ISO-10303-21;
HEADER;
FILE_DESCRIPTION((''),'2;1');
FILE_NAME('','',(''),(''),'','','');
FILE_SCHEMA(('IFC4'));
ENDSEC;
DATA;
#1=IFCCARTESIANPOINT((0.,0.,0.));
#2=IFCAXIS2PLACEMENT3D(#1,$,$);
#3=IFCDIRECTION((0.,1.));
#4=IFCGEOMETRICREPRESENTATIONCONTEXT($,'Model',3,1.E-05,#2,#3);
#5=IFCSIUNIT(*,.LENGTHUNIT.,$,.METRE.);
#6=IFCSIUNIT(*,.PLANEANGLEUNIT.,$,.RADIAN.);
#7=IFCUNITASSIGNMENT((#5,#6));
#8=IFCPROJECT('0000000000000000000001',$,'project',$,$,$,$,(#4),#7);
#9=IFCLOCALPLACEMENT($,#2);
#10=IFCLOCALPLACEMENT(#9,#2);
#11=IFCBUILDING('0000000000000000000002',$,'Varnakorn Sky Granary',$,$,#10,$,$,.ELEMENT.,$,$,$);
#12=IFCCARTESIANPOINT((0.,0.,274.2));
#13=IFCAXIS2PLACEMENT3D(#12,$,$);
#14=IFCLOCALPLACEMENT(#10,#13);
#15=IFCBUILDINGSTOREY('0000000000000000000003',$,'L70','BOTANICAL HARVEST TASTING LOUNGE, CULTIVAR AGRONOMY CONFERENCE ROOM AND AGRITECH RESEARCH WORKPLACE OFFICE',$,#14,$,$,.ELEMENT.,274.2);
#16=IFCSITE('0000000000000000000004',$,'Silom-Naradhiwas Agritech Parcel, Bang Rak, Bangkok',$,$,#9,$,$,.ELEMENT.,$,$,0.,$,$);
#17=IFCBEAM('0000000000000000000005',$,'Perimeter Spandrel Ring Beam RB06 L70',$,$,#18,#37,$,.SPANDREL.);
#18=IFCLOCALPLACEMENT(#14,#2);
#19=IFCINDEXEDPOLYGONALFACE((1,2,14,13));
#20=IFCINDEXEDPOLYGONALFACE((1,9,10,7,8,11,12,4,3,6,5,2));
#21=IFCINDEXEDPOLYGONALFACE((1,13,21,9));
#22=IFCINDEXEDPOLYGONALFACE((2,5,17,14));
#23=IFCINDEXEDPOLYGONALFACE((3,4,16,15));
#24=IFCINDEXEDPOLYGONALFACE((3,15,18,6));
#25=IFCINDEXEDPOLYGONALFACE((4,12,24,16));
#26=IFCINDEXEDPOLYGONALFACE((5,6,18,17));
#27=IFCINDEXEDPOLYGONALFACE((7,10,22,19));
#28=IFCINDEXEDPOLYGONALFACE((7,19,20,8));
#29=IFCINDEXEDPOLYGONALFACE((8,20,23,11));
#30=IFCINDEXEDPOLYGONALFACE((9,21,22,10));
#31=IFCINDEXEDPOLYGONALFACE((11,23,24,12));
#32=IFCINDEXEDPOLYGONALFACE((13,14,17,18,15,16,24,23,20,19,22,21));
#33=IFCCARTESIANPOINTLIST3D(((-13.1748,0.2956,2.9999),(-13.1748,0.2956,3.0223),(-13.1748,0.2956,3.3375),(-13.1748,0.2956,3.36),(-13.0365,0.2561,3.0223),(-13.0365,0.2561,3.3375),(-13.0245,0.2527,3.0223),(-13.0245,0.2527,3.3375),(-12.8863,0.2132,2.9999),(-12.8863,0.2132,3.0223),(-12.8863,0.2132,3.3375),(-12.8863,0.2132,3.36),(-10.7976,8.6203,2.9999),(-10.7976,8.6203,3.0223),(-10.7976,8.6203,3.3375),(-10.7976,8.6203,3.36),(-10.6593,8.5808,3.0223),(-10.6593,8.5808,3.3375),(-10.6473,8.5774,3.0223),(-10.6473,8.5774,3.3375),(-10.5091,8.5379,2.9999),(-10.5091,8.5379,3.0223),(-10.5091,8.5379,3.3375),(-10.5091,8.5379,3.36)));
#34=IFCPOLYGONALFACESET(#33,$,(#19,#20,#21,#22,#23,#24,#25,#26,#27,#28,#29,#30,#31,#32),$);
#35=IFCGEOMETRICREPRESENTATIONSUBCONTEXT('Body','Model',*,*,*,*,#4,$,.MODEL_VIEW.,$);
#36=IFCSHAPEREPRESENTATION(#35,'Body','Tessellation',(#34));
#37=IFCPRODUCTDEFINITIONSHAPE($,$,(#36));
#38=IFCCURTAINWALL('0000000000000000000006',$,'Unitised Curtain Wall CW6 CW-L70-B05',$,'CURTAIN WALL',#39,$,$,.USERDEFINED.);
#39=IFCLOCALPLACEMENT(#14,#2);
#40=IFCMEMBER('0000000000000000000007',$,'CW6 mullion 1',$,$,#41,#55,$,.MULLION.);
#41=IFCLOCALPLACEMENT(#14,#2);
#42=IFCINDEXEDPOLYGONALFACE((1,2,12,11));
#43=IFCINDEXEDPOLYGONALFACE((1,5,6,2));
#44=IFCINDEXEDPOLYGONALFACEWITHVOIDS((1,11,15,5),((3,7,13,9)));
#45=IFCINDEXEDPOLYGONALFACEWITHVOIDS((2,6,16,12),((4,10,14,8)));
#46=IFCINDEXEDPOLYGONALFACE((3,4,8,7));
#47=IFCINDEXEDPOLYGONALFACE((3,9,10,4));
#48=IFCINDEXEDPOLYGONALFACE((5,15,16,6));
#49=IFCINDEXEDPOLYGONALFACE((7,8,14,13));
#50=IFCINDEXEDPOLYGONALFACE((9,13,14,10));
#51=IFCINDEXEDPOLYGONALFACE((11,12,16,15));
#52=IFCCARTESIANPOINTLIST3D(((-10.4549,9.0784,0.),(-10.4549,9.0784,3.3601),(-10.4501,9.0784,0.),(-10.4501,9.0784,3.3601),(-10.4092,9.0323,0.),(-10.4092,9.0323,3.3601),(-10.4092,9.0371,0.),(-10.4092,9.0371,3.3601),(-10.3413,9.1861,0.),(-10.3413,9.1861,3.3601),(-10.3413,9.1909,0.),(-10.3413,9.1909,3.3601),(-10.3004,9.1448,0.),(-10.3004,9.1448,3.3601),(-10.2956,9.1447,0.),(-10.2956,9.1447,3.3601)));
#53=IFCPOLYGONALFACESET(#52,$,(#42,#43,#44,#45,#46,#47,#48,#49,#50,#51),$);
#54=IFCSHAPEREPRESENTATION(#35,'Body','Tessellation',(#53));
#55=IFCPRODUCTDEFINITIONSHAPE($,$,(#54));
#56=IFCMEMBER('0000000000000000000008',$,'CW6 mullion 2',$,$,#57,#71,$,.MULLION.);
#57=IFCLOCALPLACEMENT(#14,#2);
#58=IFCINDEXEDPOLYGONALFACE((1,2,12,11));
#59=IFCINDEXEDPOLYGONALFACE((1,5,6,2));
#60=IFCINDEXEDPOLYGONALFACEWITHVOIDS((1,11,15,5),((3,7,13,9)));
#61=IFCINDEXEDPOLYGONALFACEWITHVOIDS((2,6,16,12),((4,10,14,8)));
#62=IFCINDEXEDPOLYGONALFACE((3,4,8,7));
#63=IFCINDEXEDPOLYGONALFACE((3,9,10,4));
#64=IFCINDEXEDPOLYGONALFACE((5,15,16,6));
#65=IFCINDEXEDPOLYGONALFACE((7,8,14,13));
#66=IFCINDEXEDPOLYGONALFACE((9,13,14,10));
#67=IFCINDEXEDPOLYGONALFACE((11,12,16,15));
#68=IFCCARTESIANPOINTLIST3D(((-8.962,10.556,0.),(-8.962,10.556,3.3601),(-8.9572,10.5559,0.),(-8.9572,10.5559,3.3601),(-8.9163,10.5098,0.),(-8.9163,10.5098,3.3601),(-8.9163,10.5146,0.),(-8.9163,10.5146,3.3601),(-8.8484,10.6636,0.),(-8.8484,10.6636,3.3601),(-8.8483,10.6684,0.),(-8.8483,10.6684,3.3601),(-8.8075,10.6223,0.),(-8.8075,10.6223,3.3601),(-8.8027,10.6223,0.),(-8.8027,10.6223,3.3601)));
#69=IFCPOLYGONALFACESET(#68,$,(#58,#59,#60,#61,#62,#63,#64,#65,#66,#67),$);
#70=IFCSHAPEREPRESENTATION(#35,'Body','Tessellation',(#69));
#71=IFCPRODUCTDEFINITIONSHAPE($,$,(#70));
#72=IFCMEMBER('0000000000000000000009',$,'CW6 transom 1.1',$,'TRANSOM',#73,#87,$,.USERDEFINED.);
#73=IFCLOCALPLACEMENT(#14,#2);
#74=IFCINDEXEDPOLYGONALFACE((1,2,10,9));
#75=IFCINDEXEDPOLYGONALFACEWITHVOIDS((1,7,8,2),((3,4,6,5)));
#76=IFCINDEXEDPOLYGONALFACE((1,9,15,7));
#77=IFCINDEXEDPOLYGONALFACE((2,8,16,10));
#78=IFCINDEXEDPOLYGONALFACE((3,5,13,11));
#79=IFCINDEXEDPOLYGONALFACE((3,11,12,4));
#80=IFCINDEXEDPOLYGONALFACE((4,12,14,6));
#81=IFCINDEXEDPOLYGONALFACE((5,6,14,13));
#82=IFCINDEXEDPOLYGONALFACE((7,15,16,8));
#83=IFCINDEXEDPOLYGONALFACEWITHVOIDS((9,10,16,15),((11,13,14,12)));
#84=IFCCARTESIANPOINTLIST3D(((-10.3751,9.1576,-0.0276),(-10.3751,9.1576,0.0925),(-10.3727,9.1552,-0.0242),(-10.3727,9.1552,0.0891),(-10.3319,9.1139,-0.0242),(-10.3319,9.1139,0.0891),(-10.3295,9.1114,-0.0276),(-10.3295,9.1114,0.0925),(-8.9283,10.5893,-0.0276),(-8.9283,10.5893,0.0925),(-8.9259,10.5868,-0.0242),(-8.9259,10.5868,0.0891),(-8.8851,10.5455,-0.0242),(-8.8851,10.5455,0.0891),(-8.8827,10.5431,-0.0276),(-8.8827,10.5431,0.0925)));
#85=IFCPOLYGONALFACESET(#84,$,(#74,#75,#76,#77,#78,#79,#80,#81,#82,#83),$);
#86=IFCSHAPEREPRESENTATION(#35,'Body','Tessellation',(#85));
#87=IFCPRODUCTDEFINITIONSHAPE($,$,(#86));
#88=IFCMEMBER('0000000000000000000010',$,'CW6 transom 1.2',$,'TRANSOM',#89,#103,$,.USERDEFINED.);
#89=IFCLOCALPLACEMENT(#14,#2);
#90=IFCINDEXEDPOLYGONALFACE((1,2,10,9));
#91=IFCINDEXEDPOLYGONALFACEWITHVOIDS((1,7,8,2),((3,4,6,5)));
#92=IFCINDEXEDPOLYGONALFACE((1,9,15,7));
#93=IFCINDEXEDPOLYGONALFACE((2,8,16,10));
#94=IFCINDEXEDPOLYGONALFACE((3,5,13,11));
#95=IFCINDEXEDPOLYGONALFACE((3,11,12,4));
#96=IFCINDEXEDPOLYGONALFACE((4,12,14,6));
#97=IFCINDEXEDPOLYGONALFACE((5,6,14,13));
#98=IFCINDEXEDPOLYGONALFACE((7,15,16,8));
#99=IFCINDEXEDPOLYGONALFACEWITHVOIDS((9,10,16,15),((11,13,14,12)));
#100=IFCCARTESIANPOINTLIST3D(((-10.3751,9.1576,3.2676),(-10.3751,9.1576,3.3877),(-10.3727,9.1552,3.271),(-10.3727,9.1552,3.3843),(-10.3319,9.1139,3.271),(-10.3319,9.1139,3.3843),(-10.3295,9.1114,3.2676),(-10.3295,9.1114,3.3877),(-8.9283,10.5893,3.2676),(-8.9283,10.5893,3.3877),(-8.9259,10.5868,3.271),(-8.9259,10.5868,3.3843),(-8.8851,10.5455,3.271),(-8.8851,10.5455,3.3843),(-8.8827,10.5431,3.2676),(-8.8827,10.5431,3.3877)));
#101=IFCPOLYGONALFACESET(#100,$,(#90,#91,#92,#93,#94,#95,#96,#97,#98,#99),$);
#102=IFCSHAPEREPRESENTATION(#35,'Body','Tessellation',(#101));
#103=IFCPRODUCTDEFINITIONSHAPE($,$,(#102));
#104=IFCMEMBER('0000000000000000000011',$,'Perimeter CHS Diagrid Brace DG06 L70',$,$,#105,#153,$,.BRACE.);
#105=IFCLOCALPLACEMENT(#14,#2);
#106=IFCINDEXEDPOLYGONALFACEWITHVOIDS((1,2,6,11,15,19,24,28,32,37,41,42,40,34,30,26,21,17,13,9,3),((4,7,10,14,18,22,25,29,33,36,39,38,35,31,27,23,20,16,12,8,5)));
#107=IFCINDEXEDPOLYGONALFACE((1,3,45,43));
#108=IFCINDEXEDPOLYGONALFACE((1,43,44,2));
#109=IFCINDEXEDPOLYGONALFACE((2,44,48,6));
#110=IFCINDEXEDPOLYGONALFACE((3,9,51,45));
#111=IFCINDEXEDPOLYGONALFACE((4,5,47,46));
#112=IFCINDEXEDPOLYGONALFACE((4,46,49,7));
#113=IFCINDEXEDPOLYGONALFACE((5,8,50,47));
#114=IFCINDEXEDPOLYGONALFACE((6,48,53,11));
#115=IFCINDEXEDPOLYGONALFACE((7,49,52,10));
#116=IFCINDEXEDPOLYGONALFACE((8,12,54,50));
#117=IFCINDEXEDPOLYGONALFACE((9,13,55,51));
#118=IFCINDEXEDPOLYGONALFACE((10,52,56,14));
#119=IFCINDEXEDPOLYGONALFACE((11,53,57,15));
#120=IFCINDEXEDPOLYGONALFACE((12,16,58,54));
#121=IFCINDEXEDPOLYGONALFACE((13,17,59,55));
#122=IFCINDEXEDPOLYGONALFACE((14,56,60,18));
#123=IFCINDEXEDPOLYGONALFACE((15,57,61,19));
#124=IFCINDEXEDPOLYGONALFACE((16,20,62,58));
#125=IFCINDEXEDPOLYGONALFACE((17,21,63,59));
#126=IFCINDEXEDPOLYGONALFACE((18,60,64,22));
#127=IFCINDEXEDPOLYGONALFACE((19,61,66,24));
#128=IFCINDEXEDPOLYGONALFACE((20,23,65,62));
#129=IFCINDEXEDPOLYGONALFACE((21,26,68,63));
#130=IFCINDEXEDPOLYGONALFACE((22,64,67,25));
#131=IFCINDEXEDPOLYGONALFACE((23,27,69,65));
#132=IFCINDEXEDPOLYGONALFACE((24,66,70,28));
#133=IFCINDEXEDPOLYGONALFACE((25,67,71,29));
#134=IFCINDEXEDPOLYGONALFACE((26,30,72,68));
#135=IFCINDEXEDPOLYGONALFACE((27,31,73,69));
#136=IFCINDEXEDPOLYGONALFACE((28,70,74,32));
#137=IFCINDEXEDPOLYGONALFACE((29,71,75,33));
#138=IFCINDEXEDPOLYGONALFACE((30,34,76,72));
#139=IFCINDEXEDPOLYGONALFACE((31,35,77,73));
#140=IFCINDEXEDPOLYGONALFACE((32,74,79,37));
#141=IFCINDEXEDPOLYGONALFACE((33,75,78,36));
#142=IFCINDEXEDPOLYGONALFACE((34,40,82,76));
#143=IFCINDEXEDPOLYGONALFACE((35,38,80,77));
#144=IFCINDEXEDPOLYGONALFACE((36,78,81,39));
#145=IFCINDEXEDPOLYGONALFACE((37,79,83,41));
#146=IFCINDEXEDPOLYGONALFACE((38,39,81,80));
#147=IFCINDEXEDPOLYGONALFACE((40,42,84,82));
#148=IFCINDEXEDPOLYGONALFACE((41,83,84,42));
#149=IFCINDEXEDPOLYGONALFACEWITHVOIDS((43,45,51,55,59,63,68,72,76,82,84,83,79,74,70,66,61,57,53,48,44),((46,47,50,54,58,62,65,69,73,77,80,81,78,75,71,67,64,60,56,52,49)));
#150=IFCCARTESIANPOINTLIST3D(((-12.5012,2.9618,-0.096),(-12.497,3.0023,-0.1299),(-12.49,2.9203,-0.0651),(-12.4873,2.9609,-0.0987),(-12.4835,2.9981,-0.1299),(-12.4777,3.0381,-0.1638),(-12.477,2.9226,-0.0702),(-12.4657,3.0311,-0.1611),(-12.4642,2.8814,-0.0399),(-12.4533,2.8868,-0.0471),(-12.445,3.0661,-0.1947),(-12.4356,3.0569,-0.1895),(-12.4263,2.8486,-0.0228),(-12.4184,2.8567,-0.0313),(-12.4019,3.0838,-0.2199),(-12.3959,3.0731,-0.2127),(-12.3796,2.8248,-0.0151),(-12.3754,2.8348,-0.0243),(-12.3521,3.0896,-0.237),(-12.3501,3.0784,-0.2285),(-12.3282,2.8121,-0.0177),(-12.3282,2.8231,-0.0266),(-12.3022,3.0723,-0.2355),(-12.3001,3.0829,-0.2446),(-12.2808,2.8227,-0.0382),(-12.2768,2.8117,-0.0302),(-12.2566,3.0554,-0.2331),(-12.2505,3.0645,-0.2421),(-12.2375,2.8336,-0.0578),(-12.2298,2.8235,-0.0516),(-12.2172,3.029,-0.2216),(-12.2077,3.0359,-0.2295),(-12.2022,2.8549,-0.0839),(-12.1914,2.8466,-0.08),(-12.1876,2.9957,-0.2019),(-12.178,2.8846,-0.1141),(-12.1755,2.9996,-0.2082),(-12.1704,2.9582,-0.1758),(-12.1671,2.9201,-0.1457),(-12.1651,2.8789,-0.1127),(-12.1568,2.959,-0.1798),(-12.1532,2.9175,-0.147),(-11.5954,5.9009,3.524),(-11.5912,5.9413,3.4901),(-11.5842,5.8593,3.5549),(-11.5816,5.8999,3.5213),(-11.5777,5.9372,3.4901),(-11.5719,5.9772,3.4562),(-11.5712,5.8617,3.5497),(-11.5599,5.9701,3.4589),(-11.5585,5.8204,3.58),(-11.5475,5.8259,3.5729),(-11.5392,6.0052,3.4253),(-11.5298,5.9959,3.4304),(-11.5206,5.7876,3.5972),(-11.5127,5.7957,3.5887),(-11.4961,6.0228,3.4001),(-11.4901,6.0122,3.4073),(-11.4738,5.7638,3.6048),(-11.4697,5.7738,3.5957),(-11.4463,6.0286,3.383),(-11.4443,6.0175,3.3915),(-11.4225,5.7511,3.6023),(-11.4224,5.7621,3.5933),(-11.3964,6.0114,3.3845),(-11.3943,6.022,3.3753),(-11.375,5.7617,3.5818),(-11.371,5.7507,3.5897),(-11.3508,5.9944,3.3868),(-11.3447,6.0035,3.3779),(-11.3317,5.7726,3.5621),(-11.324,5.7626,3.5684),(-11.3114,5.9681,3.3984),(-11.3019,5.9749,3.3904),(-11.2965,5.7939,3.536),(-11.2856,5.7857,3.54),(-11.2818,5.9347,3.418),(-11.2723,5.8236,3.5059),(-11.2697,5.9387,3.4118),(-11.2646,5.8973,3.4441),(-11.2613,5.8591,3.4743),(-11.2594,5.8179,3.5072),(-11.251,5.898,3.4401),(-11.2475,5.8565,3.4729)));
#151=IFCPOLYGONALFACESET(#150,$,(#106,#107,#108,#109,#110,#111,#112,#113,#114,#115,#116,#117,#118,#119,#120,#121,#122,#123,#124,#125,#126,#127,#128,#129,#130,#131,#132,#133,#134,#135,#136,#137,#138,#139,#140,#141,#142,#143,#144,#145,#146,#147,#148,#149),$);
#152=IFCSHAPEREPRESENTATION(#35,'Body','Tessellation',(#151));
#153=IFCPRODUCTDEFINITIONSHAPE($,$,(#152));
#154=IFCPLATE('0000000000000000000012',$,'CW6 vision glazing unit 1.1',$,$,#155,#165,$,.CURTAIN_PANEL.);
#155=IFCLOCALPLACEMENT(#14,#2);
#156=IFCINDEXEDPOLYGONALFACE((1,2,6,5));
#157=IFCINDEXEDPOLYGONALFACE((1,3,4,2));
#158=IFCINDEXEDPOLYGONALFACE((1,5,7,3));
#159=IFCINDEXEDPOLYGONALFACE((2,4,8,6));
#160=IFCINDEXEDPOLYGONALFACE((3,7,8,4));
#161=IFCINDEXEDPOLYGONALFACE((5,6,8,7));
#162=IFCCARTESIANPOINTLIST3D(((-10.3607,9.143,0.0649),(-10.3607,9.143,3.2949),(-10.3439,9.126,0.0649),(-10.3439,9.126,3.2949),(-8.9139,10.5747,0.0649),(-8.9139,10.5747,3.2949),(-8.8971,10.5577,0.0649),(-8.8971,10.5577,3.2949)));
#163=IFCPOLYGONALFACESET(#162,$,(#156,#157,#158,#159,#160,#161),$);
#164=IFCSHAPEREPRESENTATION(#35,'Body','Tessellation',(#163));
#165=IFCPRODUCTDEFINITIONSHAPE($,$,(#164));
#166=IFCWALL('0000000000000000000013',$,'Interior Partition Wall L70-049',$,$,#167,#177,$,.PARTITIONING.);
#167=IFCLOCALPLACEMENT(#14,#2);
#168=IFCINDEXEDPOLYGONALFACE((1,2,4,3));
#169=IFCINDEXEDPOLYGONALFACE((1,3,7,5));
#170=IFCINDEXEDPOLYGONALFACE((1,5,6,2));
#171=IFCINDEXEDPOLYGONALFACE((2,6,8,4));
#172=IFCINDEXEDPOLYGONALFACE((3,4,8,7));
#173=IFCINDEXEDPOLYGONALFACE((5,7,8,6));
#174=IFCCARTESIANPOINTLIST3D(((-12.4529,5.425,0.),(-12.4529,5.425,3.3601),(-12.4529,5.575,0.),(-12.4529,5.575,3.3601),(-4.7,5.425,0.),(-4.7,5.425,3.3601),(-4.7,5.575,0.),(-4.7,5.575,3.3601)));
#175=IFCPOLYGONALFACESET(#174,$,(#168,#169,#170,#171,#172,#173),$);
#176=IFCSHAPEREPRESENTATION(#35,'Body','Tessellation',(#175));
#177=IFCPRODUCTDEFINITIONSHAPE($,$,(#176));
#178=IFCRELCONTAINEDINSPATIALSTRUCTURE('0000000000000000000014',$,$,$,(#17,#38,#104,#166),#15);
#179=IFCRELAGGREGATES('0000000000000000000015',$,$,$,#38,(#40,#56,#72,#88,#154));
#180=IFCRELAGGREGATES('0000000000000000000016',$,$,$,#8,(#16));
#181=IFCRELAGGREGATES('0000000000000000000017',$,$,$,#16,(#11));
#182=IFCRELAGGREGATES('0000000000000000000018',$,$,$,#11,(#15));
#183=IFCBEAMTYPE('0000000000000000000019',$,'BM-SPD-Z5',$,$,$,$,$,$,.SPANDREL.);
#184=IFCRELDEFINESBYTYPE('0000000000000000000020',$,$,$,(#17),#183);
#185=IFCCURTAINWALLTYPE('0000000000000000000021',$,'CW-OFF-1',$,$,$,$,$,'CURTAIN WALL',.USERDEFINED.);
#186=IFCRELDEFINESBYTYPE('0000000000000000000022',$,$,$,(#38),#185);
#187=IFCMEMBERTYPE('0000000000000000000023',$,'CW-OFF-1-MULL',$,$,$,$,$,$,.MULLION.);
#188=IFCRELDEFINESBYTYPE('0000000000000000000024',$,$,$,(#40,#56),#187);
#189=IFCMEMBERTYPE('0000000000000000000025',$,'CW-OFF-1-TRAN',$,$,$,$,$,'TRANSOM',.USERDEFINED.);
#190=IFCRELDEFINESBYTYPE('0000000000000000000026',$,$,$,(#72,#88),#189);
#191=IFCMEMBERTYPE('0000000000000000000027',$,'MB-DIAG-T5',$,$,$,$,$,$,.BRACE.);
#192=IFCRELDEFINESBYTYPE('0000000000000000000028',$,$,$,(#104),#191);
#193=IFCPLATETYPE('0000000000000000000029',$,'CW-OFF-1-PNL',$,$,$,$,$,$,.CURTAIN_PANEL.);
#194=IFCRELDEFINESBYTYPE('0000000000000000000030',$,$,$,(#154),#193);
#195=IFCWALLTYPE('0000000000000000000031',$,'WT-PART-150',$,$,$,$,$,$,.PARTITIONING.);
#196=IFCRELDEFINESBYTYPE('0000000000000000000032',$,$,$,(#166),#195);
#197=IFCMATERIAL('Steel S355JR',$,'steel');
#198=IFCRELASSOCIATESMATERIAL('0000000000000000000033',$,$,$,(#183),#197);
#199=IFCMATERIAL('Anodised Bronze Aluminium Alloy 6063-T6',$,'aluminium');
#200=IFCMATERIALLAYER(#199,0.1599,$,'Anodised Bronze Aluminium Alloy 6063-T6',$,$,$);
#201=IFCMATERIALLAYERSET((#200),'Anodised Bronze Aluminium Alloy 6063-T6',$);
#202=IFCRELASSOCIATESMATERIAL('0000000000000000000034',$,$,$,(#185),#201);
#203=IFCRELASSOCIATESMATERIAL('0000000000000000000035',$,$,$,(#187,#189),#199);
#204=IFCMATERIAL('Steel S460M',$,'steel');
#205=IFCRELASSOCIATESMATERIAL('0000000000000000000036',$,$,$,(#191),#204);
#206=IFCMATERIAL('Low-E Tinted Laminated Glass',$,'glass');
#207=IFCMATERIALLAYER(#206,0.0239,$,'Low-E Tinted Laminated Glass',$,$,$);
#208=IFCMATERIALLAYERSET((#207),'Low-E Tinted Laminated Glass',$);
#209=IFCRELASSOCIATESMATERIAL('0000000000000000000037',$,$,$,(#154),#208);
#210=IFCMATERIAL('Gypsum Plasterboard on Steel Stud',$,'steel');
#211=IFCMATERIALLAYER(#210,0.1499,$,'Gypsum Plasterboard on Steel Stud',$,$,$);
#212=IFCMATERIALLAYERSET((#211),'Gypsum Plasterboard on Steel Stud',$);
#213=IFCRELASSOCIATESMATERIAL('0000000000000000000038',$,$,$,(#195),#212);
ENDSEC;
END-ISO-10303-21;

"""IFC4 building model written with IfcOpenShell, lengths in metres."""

from ifc_helpers import new_model, si_unit, direction, frame, frame_2d, origin, origin_2d, place, context, subcontext, project, spatial, rectangle, hollow_rectangle, hollow_circle, i_section, extrude, source, transform, mapped, material, layer, layer_set, material_profile, profile_set, type_object, type_shapes, element, aggregate, save


model = new_model("IFC4")

# Units and contexts
model_context = context("Model", 3, precision=1e-05, world=origin(), true_north=direction((0.0, 1.0)))
body_context = subcontext(model_context, "Body", "Model", "MODEL_VIEW")
ifc_project = project(units=[si_unit("LENGTHUNIT", "METRE"), si_unit("PLANEANGLEUNIT", "RADIAN")], contexts=[model_context])

# Site, building, storey
site_placement = place(None, origin())
site = spatial("IfcSite", under=ifc_project, at=site_placement, Name="Silom-Naradhiwas Agritech Parcel, Bang Rak, Bangkok", CompositionType="ELEMENT", RefElevation=0.0)
building_placement = place(site_placement, origin())
building = spatial("IfcBuilding", under=site, at=building_placement, Name="Varnakorn Sky Granary", CompositionType="ELEMENT")
storey_placement = place(building_placement, frame((0.0, 0.0, 274.2)))
storey = spatial("IfcBuildingStorey", under=building, at=storey_placement, Name="L70", Description="BOTANICAL HARVEST TASTING LOUNGE, CULTIVAR AGRONOMY CONFERENCE ROOM AND AGRITECH RESEARCH WORKPLACE OFFICE", CompositionType="ELEMENT", Elevation=274.2)

# Shared definitions
ifc_material_1 = material(Name="Steel S460M", Category="steel")

# Beam
ifc_material_2 = material(Name="Steel S355JR", Category="steel")
ifc_material_profile_1 = material_profile(ifc_material_2, i_section(OverallWidth=0.3, OverallDepth=0.3601, WebThickness=0.0125, FlangeThickness=0.0225, at=origin_2d()), Name="HE 360 B")
ifc_profile_set_1 = profile_set([ifc_material_profile_1], Name="Steel S355JR")
beam_type_1 = type_object("IfcBeamType", Name="BM-SPD-Z5", PredefinedType="SPANDREL", material=ifc_profile_set_1)
beam_1_placement = place(storey_placement, frame((-10.6533, 8.5791, 3.1799), z_axis=(-0.274583, -0.961563, 0.0), x_axis=(0.961563, -0.274583, 0.0)))
element("IfcBeam", 1, at=beam_1_placement, inside=storey, type_object=beam_type_1, Name="Perimeter Spandrel Ring Beam RB06 L70", PredefinedType="SPANDREL", context=body_context, shape_type="SweptSolid", body=[
    extrude(i_section(OverallWidth=0.3, OverallDepth=0.3601, WebThickness=0.0125, FlangeThickness=0.0225, at=origin_2d()), origin(), (0.0, 0.0, 1.0), 8.6575),
])

# Curtain wall, members
ifc_material_3 = material(Name="Anodised Bronze Aluminium Alloy 6063-T6", Category="aluminium")
ifc_layer_1 = layer(ifc_material_3, 0.1599, Name="Anodised Bronze Aluminium Alloy 6063-T6")
ifc_layer_set_1 = layer_set([ifc_layer_1], Name="Anodised Bronze Aluminium Alloy 6063-T6")
curtain_wall_type = type_object("IfcCurtainWallType", Name="CW-OFF-1", ElementType="CURTAIN WALL", PredefinedType="USERDEFINED", material=ifc_layer_set_1)
curtain_wall_placement = place(storey_placement, origin())
curtain_wall = element("IfcCurtainWall", 2, at=curtain_wall_placement, inside=storey, type_object=curtain_wall_type, Name="Unitised Curtain Wall CW6 CW-L70-B05", ObjectType="CURTAIN WALL", PredefinedType="USERDEFINED")
ifc_material_profile_2 = material_profile(ifc_material_3, hollow_rectangle(XDim=0.0649, YDim=0.1599, WallThickness=0.0034, at=origin_2d()), Name="ALU MULL 65x160")
ifc_profile_set_2 = profile_set([ifc_material_profile_2], Name="Anodised Bronze Aluminium Alloy 6063-T6")
member_type_1 = type_object("IfcMemberType", Name="CW-OFF-1-MULL", PredefinedType="MULLION", material=ifc_profile_set_2)
member_1_placement = place(storey_placement, frame((-10.3752, 9.1116, 0.0), z_axis=(0.0, 0.0, 1.0), x_axis=(-0.703399, 0.710795, 0.0)))
member_1 = element("IfcMember", 3, at=member_1_placement, type_object=member_type_1, Name="CW6 mullion 1", PredefinedType="MULLION", context=body_context, shape_type="SweptSolid", body=[
    extrude(hollow_rectangle(XDim=0.0649, YDim=0.1599, WallThickness=0.0034, at=origin_2d()), origin(), (0.0, 0.0, 1.0), 3.3601),
])
member_2_placement = place(storey_placement, frame((-8.8823, 10.5891, 0.0), z_axis=(0.0, 0.0, 1.0), x_axis=(-0.703399, 0.710795, 0.0)))
member_2 = element("IfcMember", 4, at=member_2_placement, type_object=member_type_1, Name="CW6 mullion 2", PredefinedType="MULLION", context=body_context, shape_type="SweptSolid", body=[
    extrude(hollow_rectangle(XDim=0.0649, YDim=0.1599, WallThickness=0.0034, at=origin_2d()), origin(), (0.0, 0.0, 1.0), 3.3601),
])
ifc_material_profile_3 = material_profile(ifc_material_3, hollow_rectangle(XDim=0.0649, YDim=0.1201, WallThickness=0.0034, at=origin_2d()), Name="ALU TRAN 65x120")
ifc_profile_set_3 = profile_set([ifc_material_profile_3], Name="Anodised Bronze Aluminium Alloy 6063-T6")
member_type_2 = type_object("IfcMemberType", Name="CW-OFF-1-TRAN", ElementType="TRANSOM", PredefinedType="USERDEFINED", material=ifc_profile_set_3)
member_3_placement = place(storey_placement, frame((-10.3523, 9.1345, 0.0325), z_axis=(0.710815, 0.703379, 0.0), x_axis=(-0.703379, 0.710815, 0.0)))
member_3 = element("IfcMember", 5, at=member_3_placement, type_object=member_type_2, Name="CW6 transom 1.1", ObjectType="TRANSOM", PredefinedType="USERDEFINED", context=body_context, shape_type="SweptSolid", body=[
    extrude(hollow_rectangle(XDim=0.0649, YDim=0.1201, WallThickness=0.0034, at=origin_2d()), origin(), (0.0, 0.0, 1.0), 2.0354),
])
member_4_placement = place(storey_placement, frame((-10.3523, 9.1345, 3.3276), z_axis=(0.710815, 0.703379, 0.0), x_axis=(-0.703379, 0.710815, 0.0)))
member_4 = element("IfcMember", 6, at=member_4_placement, type_object=member_type_2, Name="CW6 transom 1.2", ObjectType="TRANSOM", PredefinedType="USERDEFINED", context=body_context, shape_type="SweptSolid", body=[
    extrude(hollow_rectangle(XDim=0.0649, YDim=0.1201, WallThickness=0.0034, at=origin_2d()), origin(), (0.0, 0.0, 1.0), 2.0354),
])

# Member
ifc_material_profile_4 = material_profile(ifc_material_1, hollow_circle(Radius=0.1777, WallThickness=0.0142, at=origin_2d()), Name="CHS 355.6x14")
ifc_profile_set_4 = profile_set([ifc_material_profile_4], Name="Steel S460M")
member_type_3 = type_object("IfcMemberType", Name="MB-DIAG-T5", PredefinedType="BRACE", material=ifc_profile_set_4)
member_5_placement = place(storey_placement, frame((-12.3271, 2.95, -0.1299), z_axis=(0.190691, 0.618745, 0.762097), x_axis=(-0.955645, 0.294521, 0.0)))
element("IfcMember", 7, at=member_5_placement, inside=storey, type_object=member_type_3, Name="Perimeter CHS Diagrid Brace DG06 L70", PredefinedType="BRACE", context=body_context, shape_type="SweptSolid", body=[
    extrude(hollow_circle(Radius=0.1777, WallThickness=0.0142, at=origin_2d()), origin(), (0.0, 0.0, 1.0), 4.75),
])

# Plate
ifc_material_4 = material(Name="Low-E Tinted Laminated Glass", Category="glass")
ifc_layer_2 = layer(ifc_material_4, 0.0239, Name="Low-E Tinted Laminated Glass")
ifc_layer_set_2 = layer_set([ifc_layer_2], Name="Low-E Tinted Laminated Glass")
plate_type = type_object("IfcPlateType", Name="CW-OFF-1-PNL", PredefinedType="CURTAIN_PANEL")
shared_shape_1 = source(origin(), body_context, "Body", "SweptSolid", [
    extrude(rectangle(XDim=2.0354, YDim=0.0239, at=origin_2d()), origin(), (0.0, 0.0, 1.0), 3.23),
])
type_shapes(plate_type, [shared_shape_1])
plate_placement = place(storey_placement, frame((-9.6289, 9.8503, 0.0649), z_axis=(0.0, 0.0, 1.0), x_axis=(0.710795, 0.703399, 0.0)))
plate = element("IfcPlate", 8, at=plate_placement, type_object=plate_type, material=ifc_layer_set_2, Name="CW6 vision glazing unit 1.1", PredefinedType="CURTAIN_PANEL", context=body_context, shape_type="MappedRepresentation", body=[
    mapped(shared_shape_1, transform((0.0, 0.0, 0.0), x_axis=(1.0, 0.0, 0.0), y_axis=(0.0, 1.0, 0.0), z_axis=(0.0, 0.0, 1.0), scale=1.0)),
])
aggregate(curtain_wall, [member_1, member_2, member_3, member_4, plate])

# Wall
ifc_material_5 = material(Name="Gypsum Plasterboard on Steel Stud", Category="steel")
ifc_layer_3 = layer(ifc_material_5, 0.1499, Name="Gypsum Plasterboard on Steel Stud")
ifc_layer_set_3 = layer_set([ifc_layer_3], Name="Gypsum Plasterboard on Steel Stud")
wall_type_1 = type_object("IfcWallType", Name="WT-PART-150", PredefinedType="PARTITIONING", material=ifc_layer_set_3)
wall_1_placement = place(storey_placement, frame((-12.4529, 5.5, 0.0), z_axis=(0.0, 0.0, 1.0), x_axis=(1.0, 0.0, 0.0)))
element("IfcWall", 9, at=wall_1_placement, inside=storey, type_object=wall_type_1, Name="Interior Partition Wall L70-049", PredefinedType="PARTITIONING", context=body_context, shape_type="SweptSolid", body=[
    extrude(rectangle(XDim=7.7529, YDim=0.1499, at=frame_2d((3.8765, 0.0))), origin(), (0.0, 0.0, 1.0), 3.3601),
])

save(model, "model.ifc")
